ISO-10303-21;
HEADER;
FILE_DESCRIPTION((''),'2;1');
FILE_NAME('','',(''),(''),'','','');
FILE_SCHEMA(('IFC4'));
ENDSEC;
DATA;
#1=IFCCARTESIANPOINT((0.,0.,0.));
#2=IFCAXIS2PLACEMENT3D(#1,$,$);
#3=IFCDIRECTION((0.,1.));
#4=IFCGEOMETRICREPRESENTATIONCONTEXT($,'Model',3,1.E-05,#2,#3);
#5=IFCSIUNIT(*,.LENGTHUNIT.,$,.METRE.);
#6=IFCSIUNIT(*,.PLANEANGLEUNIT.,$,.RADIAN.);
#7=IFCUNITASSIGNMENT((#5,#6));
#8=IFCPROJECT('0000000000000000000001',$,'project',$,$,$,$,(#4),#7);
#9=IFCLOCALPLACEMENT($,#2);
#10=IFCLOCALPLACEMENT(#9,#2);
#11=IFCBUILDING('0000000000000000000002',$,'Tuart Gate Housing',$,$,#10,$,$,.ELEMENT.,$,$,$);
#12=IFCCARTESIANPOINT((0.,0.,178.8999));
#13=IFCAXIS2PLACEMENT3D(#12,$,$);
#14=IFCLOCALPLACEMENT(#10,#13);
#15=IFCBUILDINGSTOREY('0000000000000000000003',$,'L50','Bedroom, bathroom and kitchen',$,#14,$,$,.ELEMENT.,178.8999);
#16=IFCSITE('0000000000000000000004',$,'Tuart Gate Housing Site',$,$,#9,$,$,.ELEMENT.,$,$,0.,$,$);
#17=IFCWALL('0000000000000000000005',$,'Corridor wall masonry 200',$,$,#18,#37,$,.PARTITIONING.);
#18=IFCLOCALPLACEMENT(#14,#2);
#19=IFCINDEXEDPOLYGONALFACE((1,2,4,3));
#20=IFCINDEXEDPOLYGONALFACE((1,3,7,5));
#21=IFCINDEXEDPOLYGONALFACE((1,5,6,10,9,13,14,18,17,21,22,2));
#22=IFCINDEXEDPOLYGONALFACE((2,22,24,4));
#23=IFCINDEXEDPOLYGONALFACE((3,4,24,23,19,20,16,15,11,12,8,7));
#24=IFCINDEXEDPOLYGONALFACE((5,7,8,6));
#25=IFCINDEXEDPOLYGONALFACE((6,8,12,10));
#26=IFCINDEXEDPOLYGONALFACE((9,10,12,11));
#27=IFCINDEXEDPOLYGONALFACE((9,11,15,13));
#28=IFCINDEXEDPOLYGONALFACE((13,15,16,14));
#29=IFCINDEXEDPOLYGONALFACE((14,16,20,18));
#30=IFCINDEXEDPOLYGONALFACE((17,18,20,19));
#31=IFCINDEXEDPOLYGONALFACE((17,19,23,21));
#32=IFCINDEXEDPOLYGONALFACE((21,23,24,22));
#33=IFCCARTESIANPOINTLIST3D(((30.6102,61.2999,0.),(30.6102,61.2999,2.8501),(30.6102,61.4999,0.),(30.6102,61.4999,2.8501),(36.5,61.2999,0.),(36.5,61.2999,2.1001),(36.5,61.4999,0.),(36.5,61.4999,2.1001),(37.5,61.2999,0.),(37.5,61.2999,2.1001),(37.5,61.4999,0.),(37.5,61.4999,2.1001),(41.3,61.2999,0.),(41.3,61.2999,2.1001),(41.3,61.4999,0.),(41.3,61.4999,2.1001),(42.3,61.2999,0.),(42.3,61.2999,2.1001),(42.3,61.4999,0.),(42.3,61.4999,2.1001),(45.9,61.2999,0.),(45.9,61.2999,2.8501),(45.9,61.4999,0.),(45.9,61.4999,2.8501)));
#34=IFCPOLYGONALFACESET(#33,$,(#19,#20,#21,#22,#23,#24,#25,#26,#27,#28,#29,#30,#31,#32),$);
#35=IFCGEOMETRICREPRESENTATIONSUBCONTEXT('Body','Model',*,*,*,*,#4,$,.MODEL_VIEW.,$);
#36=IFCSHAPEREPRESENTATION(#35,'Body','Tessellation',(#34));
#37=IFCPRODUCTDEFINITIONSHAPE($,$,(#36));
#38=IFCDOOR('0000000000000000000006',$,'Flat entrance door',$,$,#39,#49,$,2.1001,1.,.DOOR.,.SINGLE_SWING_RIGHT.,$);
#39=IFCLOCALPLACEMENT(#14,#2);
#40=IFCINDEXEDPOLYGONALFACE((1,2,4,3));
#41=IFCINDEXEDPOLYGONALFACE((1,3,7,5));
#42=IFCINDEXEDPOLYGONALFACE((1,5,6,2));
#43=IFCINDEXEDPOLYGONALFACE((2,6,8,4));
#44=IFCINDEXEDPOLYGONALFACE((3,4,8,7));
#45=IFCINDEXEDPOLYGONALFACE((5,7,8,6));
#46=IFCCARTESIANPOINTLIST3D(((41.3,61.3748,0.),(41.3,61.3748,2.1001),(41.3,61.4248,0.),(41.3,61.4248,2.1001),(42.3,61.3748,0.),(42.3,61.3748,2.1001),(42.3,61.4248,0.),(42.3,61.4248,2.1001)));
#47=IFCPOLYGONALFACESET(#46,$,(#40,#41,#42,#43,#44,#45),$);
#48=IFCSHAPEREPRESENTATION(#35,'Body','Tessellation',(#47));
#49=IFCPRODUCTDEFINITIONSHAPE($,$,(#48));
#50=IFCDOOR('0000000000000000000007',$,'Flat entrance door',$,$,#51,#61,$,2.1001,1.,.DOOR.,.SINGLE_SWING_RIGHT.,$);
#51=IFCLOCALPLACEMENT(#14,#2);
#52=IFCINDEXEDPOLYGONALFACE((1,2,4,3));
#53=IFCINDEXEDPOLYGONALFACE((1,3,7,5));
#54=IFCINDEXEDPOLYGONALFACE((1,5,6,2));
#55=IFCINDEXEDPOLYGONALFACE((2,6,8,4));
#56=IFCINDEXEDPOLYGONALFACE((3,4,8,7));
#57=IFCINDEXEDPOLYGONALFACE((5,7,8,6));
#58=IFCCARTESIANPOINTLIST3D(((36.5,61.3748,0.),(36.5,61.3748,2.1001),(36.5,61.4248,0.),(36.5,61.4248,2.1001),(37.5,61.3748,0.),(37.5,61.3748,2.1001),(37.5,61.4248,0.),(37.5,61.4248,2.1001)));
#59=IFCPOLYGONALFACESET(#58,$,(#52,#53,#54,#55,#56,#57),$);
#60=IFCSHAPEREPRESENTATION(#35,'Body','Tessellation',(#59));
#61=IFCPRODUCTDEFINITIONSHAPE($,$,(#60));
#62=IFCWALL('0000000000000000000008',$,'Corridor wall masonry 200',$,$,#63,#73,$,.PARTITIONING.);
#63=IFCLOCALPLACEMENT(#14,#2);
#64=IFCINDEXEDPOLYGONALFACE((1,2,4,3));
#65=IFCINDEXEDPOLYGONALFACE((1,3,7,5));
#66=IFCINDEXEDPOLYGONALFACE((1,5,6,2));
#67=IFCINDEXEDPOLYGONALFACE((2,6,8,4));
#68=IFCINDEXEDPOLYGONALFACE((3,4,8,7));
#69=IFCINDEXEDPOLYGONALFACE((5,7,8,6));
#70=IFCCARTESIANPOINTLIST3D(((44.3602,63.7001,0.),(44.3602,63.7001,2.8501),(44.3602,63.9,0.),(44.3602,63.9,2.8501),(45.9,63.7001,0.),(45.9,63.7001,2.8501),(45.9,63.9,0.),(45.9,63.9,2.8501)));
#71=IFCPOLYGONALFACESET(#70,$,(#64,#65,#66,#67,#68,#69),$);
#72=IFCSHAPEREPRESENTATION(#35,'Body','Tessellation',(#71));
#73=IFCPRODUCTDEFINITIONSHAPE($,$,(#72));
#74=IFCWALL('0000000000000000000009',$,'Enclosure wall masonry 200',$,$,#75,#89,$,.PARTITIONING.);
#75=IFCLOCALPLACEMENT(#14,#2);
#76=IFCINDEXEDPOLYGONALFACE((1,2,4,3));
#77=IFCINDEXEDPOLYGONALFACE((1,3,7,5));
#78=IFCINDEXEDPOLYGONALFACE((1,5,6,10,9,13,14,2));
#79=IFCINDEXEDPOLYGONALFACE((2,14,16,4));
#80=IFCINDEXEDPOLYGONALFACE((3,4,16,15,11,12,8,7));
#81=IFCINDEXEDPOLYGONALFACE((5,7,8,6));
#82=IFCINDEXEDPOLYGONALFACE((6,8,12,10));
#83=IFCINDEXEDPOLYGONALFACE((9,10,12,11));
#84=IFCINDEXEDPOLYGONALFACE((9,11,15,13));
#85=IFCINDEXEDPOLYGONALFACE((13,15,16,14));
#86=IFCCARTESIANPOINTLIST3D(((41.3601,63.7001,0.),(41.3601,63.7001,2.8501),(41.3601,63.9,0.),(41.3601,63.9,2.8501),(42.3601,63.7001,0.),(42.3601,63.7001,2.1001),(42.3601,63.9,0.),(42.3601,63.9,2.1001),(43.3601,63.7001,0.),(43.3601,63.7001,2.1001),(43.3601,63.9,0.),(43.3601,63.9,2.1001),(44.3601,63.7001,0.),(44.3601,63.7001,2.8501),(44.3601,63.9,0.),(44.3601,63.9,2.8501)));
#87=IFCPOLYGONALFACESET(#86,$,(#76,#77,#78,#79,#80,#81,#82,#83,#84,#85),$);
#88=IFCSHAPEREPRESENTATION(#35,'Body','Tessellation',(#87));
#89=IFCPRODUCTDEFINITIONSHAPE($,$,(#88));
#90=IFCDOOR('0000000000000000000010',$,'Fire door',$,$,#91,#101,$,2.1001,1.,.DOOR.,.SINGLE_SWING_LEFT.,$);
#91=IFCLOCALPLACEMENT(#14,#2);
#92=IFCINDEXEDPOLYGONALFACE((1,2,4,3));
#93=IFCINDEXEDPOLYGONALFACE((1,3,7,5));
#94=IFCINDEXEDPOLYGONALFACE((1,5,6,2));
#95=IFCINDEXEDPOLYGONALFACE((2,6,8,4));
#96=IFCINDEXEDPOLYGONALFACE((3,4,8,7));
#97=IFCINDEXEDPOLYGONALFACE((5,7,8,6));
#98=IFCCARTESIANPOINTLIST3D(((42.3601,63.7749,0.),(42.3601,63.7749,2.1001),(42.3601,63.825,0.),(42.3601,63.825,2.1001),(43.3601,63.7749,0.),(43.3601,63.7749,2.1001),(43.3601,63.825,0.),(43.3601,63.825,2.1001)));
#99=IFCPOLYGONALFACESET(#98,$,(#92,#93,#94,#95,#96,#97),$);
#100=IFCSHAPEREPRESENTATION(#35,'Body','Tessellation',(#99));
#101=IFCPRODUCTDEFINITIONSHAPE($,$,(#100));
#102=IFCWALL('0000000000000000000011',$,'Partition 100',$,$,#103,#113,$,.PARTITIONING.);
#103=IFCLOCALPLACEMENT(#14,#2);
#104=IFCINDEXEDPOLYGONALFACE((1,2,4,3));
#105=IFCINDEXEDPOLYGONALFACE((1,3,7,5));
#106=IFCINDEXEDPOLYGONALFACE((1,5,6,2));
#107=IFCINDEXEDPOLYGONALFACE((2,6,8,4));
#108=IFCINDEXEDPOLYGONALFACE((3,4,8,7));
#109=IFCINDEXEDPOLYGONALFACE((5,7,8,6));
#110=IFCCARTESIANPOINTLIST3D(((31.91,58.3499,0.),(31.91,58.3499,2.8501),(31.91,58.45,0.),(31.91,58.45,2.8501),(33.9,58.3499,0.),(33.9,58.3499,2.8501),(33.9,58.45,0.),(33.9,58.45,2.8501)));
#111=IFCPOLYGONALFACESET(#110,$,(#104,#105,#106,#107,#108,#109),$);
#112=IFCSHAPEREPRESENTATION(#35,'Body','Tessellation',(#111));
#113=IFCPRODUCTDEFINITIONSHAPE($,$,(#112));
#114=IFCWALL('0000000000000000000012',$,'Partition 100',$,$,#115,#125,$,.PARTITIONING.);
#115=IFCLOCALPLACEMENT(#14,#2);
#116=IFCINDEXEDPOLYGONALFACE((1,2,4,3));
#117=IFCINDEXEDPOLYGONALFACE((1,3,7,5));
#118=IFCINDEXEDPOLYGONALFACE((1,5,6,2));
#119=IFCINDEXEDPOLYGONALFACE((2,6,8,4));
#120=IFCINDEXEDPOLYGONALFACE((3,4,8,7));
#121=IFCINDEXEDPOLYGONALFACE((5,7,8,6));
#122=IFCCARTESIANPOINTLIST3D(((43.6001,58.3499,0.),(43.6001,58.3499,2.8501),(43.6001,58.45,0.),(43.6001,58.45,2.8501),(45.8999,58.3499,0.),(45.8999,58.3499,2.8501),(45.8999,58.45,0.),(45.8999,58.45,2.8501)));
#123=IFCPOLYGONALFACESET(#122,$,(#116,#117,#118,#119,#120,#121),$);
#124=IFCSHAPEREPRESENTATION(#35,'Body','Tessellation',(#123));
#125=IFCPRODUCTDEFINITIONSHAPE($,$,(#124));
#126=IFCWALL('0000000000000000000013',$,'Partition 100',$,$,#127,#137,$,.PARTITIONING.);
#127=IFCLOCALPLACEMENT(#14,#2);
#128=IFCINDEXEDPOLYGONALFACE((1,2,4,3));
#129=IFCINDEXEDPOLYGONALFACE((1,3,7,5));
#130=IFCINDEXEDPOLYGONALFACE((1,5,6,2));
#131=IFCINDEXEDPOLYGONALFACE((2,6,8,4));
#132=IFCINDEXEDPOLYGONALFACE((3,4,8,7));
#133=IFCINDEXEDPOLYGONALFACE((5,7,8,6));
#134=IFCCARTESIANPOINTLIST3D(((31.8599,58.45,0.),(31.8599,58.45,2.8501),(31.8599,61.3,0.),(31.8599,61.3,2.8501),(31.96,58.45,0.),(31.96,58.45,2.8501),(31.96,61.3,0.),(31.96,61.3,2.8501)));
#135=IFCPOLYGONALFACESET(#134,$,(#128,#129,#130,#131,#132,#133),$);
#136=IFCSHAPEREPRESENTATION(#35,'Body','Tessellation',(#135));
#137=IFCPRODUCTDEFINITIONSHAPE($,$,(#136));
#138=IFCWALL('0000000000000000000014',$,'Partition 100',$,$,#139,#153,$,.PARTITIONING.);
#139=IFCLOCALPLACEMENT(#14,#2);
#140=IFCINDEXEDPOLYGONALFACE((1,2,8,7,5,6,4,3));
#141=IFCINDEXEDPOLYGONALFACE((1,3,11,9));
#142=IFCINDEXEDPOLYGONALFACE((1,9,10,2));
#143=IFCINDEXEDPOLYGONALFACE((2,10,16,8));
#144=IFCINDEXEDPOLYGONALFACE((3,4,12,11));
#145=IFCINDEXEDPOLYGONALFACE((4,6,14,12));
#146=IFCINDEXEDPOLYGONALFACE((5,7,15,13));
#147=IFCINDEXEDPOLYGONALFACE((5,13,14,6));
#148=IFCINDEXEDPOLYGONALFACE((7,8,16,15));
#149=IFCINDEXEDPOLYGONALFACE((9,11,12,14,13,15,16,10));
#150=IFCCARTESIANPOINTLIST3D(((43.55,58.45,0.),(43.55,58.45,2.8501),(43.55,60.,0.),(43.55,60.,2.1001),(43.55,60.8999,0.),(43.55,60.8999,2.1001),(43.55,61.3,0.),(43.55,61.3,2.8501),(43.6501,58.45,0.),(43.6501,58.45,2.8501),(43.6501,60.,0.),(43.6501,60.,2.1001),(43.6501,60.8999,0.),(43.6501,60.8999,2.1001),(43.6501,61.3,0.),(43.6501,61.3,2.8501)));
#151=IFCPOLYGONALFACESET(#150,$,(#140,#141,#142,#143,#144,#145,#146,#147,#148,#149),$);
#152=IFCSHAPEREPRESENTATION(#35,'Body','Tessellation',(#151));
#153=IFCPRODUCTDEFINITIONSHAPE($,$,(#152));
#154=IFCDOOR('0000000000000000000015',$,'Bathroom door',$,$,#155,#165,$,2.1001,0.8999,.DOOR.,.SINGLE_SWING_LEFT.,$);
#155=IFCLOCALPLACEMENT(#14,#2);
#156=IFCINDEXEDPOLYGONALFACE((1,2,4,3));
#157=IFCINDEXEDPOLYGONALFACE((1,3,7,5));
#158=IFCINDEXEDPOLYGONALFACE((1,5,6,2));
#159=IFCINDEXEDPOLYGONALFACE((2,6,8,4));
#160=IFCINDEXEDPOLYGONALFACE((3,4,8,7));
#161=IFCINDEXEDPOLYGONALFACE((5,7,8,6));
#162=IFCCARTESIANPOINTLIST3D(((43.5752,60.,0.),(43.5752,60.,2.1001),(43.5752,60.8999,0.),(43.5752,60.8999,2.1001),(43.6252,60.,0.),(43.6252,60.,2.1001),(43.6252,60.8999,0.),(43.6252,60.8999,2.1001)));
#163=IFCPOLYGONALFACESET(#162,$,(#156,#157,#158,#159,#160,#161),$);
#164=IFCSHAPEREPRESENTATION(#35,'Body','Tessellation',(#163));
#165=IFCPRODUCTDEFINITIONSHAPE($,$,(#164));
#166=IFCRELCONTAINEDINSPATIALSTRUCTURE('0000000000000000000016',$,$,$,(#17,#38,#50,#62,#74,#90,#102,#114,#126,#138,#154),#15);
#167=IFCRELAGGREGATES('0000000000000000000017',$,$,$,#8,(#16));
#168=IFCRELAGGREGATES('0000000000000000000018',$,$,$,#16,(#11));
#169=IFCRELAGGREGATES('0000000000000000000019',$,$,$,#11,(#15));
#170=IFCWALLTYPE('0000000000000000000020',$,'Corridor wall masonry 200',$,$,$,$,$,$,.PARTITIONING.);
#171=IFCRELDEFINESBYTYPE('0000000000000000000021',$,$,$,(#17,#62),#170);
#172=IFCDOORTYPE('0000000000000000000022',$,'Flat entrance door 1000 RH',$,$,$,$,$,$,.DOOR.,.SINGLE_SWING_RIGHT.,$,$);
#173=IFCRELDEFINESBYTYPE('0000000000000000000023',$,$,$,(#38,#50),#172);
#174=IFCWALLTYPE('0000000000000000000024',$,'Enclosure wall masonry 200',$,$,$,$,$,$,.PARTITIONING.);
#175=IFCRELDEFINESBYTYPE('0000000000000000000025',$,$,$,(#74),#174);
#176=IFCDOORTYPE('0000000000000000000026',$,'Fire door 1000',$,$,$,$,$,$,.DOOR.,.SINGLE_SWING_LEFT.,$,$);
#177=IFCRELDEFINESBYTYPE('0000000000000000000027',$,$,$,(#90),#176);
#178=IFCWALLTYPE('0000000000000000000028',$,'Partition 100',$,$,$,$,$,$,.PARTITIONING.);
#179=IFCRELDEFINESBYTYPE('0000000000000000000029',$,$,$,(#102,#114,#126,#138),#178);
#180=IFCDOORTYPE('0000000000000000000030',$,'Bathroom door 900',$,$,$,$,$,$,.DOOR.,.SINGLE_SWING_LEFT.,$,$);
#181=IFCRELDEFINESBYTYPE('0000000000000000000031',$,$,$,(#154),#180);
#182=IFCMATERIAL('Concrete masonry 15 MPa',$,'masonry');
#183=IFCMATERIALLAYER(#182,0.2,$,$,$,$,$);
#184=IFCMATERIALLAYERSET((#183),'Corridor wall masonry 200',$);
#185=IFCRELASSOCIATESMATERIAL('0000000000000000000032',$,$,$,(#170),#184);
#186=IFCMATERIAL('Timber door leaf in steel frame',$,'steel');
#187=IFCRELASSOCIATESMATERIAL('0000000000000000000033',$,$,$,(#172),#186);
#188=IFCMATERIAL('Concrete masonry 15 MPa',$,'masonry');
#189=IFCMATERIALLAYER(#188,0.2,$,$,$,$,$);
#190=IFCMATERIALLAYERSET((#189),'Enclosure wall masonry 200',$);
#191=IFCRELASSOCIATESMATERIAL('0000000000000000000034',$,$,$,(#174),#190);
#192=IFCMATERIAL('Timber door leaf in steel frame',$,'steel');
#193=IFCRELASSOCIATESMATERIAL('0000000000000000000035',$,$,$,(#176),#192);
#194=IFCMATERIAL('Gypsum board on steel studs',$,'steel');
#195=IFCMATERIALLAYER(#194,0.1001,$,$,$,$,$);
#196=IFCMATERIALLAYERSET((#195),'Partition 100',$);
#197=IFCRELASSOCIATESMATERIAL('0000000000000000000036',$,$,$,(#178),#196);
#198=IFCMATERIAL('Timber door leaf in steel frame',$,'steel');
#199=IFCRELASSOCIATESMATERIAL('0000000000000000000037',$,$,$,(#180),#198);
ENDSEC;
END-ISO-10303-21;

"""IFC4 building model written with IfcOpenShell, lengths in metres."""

from ifc_helpers import new_model, si_unit, direction, frame, frame_2d, origin, place, context, subcontext, project, spatial, rectangle, extrude, material, layer, layer_set, type_object, element, fill, save


model = new_model("IFC4")

# Units and contexts
model_context = context("Model", 3, precision=1e-05, world=origin(), true_north=direction((0.0, 1.0)))
body_context = subcontext(model_context, "Body", "Model", "MODEL_VIEW")
ifc_project = project(units=[si_unit("LENGTHUNIT", "METRE"), si_unit("PLANEANGLEUNIT", "RADIAN")], contexts=[model_context])

# Site, building, storey
site_placement = place(None, origin())
site = spatial("IfcSite", under=ifc_project, at=site_placement, Name="Tuart Gate Housing Site", CompositionType="ELEMENT", RefElevation=0.0)
building_placement = place(site_placement, origin())
building = spatial("IfcBuilding", under=site, at=building_placement, Name="Tuart Gate Housing", CompositionType="ELEMENT")
storey_placement = place(building_placement, frame((0.0, 0.0, 178.8999)))
storey = spatial("IfcBuildingStorey", under=building, at=storey_placement, Name="L50", Description="Bedroom, bathroom and kitchen", CompositionType="ELEMENT", Elevation=178.8999)

# Wall, openings, doors
ifc_material_1 = material(Name="Concrete masonry 15 MPa", Category="masonry")
ifc_layer_1 = layer(ifc_material_1, 0.2)
ifc_layer_set_1 = layer_set([ifc_layer_1], Name="Corridor wall masonry 200")
wall_type_1 = type_object("IfcWallType", Name="Corridor wall masonry 200", PredefinedType="PARTITIONING", material=ifc_layer_set_1)
wall_1_placement = place(storey_placement, frame((30.6101, 61.3999, 0.0), z_axis=(0.0, 0.0, 1.0), x_axis=(1.0, 0.0, 0.0)))
wall_1 = element("IfcWall", 1, at=wall_1_placement, inside=storey, type_object=wall_type_1, Name="Corridor wall masonry 200", PredefinedType="PARTITIONING", context=body_context, shape_type="SweptSolid", body=[
    extrude(rectangle(XDim=15.2898, YDim=0.2, at=frame_2d((7.645, 0.0))), origin(), (0.0, 0.0, 1.0), 2.8501),
])
opening_1_placement = place(wall_1_placement, frame((10.6899, 0.0, 0.0)))
opening_1 = element("IfcOpeningElement", 2, at=opening_1_placement, cuts=wall_1, PredefinedType="OPENING", context=body_context, shape_type="SweptSolid", body=[
    extrude(rectangle(XDim=1.0, YDim=2.1001, at=frame_2d((0.5, 1.05))), frame((0.0, 0.1099, 0.0), z_axis=(0.0, -1.0, 0.0), x_axis=(1.0, 0.0, 0.0)), (0.0, 0.0, 1.0), 0.22),
])
opening_2_placement = place(wall_1_placement, frame((5.8899, 0.0, 0.0)))
opening_2 = element("IfcOpeningElement", 3, at=opening_2_placement, cuts=wall_1, PredefinedType="OPENING", context=body_context, shape_type="SweptSolid", body=[
    extrude(rectangle(XDim=1.0, YDim=2.1001, at=frame_2d((0.5, 1.05))), frame((0.0, 0.1099, 0.0), z_axis=(0.0, -1.0, 0.0), x_axis=(1.0, 0.0, 0.0)), (0.0, 0.0, 1.0), 0.22),
])
ifc_material_2 = material(Name="Timber door leaf in steel frame", Category="steel")
door_type_1 = type_object("IfcDoorType", Name="Flat entrance door 1000 RH", OperationType="SINGLE_SWING_RIGHT", PredefinedType="DOOR", material=ifc_material_2)
door_1_placement = place(opening_1_placement, frame((1.0, 0.0, 0.0), z_axis=(0.0, 0.0, 1.0), x_axis=(-1.0, 0.0, 0.0)))
door_1 = element("IfcDoor", 4, at=door_1_placement, inside=storey, type_object=door_type_1, Name="Flat entrance door", OperationType="SINGLE_SWING_RIGHT", OverallHeight=2.1001, OverallWidth=1.0, PredefinedType="DOOR", context=body_context, shape_type="SweptSolid", body=[
    extrude(rectangle(XDim=1.0, YDim=2.1001, at=frame_2d((0.5, 1.05))), frame((0.0, 0.0251, 0.0), z_axis=(0.0, -1.0, 0.0), x_axis=(1.0, 0.0, 0.0)), (0.0, 0.0, 1.0), 0.05),
])
fill(opening_1, door_1)
door_2_placement = place(opening_2_placement, frame((1.0, 0.0, 0.0), z_axis=(0.0, 0.0, 1.0), x_axis=(-1.0, 0.0, 0.0)))
door_2 = element("IfcDoor", 5, at=door_2_placement, inside=storey, type_object=door_type_1, Name="Flat entrance door", OperationType="SINGLE_SWING_RIGHT", OverallHeight=2.1001, OverallWidth=1.0, PredefinedType="DOOR", context=body_context, shape_type="SweptSolid", body=[
    extrude(rectangle(XDim=1.0, YDim=2.1001, at=frame_2d((0.5, 1.05))), frame((0.0, 0.0251, 0.0), z_axis=(0.0, -1.0, 0.0), x_axis=(1.0, 0.0, 0.0)), (0.0, 0.0, 1.0), 0.05),
])
fill(opening_2, door_2)

# Wall
wall_2_placement = place(storey_placement, frame((44.3601, 63.8, 0.0), z_axis=(0.0, 0.0, 1.0), x_axis=(1.0, 0.0, 0.0)))
element("IfcWall", 6, at=wall_2_placement, inside=storey, type_object=wall_type_1, Name="Corridor wall masonry 200", PredefinedType="PARTITIONING", context=body_context, shape_type="SweptSolid", body=[
    extrude(rectangle(XDim=1.5398, YDim=0.2, at=frame_2d((0.77, 0.0))), origin(), (0.0, 0.0, 1.0), 2.8501),
])

# Wall, opening, door
ifc_material_3 = material(Name="Concrete masonry 15 MPa", Category="masonry")
ifc_layer_2 = layer(ifc_material_3, 0.2)
ifc_layer_set_2 = layer_set([ifc_layer_2], Name="Enclosure wall masonry 200")
wall_type_2 = type_object("IfcWallType", Name="Enclosure wall masonry 200", PredefinedType="PARTITIONING", material=ifc_layer_set_2)
wall_3_placement = place(storey_placement, frame((41.3601, 63.8, 0.0), z_axis=(0.0, 0.0, 1.0), x_axis=(1.0, 0.0, 0.0)))
wall_3 = element("IfcWall", 7, at=wall_3_placement, inside=storey, type_object=wall_type_2, Name="Enclosure wall masonry 200", PredefinedType="PARTITIONING", context=body_context, shape_type="SweptSolid", body=[
    extrude(rectangle(XDim=3.0, YDim=0.2, at=frame_2d((1.5, 0.0))), origin(), (0.0, 0.0, 1.0), 2.8501),
])
opening_3_placement = place(wall_3_placement, frame((1.0, 0.0, 0.0)))
opening_3 = element("IfcOpeningElement", 8, at=opening_3_placement, cuts=wall_3, PredefinedType="OPENING", context=body_context, shape_type="SweptSolid", body=[
    extrude(rectangle(XDim=1.0, YDim=2.1001, at=frame_2d((0.5, 1.05))), frame((0.0, 0.1099, 0.0), z_axis=(0.0, -1.0, 0.0), x_axis=(1.0, 0.0, 0.0)), (0.0, 0.0, 1.0), 0.22),
])
ifc_material_4 = material(Name="Timber door leaf in steel frame", Category="steel")
door_type_2 = type_object("IfcDoorType", Name="Fire door 1000", OperationType="SINGLE_SWING_LEFT", PredefinedType="DOOR", material=ifc_material_4)
door_3_placement = place(opening_3_placement, frame((1.0, 0.0, 0.0), z_axis=(0.0, 0.0, 1.0), x_axis=(-1.0, 0.0, 0.0)))
door_3 = element("IfcDoor", 9, at=door_3_placement, inside=storey, type_object=door_type_2, Name="Fire door", OperationType="SINGLE_SWING_LEFT", OverallHeight=2.1001, OverallWidth=1.0, PredefinedType="DOOR", context=body_context, shape_type="SweptSolid", body=[
    extrude(rectangle(XDim=1.0, YDim=2.1001, at=frame_2d((0.5, 1.05))), frame((0.0, 0.0251, 0.0), z_axis=(0.0, -1.0, 0.0), x_axis=(1.0, 0.0, 0.0)), (0.0, 0.0, 1.0), 0.05),
])
fill(opening_3, door_3)

# Walls
ifc_material_5 = material(Name="Gypsum board on steel studs", Category="steel")
ifc_layer_3 = layer(ifc_material_5, 0.1001)
ifc_layer_set_3 = layer_set([ifc_layer_3], Name="Partition 100")
wall_type_3 = type_object("IfcWallType", Name="Partition 100", PredefinedType="PARTITIONING", material=ifc_layer_set_3)
wall_4_placement = place(storey_placement, frame((31.9099, 58.3999, 0.0), z_axis=(0.0, 0.0, 1.0), x_axis=(1.0, 0.0, 0.0)))
element("IfcWall", 10, at=wall_4_placement, inside=storey, type_object=wall_type_3, Name="Partition 100", PredefinedType="PARTITIONING", context=body_context, shape_type="SweptSolid", body=[
    extrude(rectangle(XDim=1.99, YDim=0.1001, at=frame_2d((0.9951, 0.0))), origin(), (0.0, 0.0, 1.0), 2.8501),
])
wall_5_placement = place(storey_placement, frame((43.6001, 58.3999, 0.0), z_axis=(0.0, 0.0, 1.0), x_axis=(1.0, 0.0, 0.0)))
element("IfcWall", 11, at=wall_5_placement, inside=storey, type_object=wall_type_3, Name="Partition 100", PredefinedType="PARTITIONING", context=body_context, shape_type="SweptSolid", body=[
    extrude(rectangle(XDim=2.2998, YDim=0.1001, at=frame_2d((1.1499, 0.0))), origin(), (0.0, 0.0, 1.0), 2.8501),
])
wall_6_placement = place(storey_placement, frame((31.9099, 58.45, 0.0), z_axis=(0.0, 0.0, 1.0), x_axis=(0.0, 1.0, 0.0)))
element("IfcWall", 12, at=wall_6_placement, inside=storey, type_object=wall_type_3, Name="Partition 100", PredefinedType="PARTITIONING", context=body_context, shape_type="SweptSolid", body=[
    extrude(rectangle(XDim=2.8501, YDim=0.1001, at=frame_2d((1.425, 0.0))), origin(), (0.0, 0.0, 1.0), 2.8501),
])

# Wall, opening, door
wall_7_placement = place(storey_placement, frame((43.6001, 58.45, 0.0), z_axis=(0.0, 0.0, 1.0), x_axis=(0.0, 1.0, 0.0)))
wall_7 = element("IfcWall", 13, at=wall_7_placement, inside=storey, type_object=wall_type_3, Name="Partition 100", PredefinedType="PARTITIONING", context=body_context, shape_type="SweptSolid", body=[
    extrude(rectangle(XDim=2.8501, YDim=0.1001, at=frame_2d((1.425, 0.0))), origin(), (0.0, 0.0, 1.0), 2.8501),
])
opening_4_placement = place(wall_7_placement, frame((1.55, 0.0, 0.0)))
opening_4 = element("IfcOpeningElement", 14, at=opening_4_placement, cuts=wall_7, PredefinedType="OPENING", context=body_context, shape_type="SweptSolid", body=[
    extrude(rectangle(XDim=0.8999, YDim=2.1001, at=frame_2d((0.45, 1.05))), frame((0.0, 0.0601, 0.0), z_axis=(0.0, -1.0, 0.0), x_axis=(1.0, 0.0, 0.0)), (0.0, 0.0, 1.0), 0.1201),
])
ifc_material_6 = material(Name="Timber door leaf in steel frame", Category="steel")
door_type_3 = type_object("IfcDoorType", Name="Bathroom door 900", OperationType="SINGLE_SWING_LEFT", PredefinedType="DOOR", material=ifc_material_6)
door_4_placement = place(opening_4_placement, frame((0.8999, 0.0, 0.0), z_axis=(0.0, 0.0, 1.0), x_axis=(-1.0, 0.0, 0.0)))
door_4 = element("IfcDoor", 15, at=door_4_placement, inside=storey, type_object=door_type_3, Name="Bathroom door", OperationType="SINGLE_SWING_LEFT", OverallHeight=2.1001, OverallWidth=0.8999, PredefinedType="DOOR", context=body_context, shape_type="SweptSolid", body=[
    extrude(rectangle(XDim=0.8999, YDim=2.1001, at=frame_2d((0.45, 1.05))), frame((0.0, 0.0251, 0.0), z_axis=(0.0, -1.0, 0.0), x_axis=(1.0, 0.0, 0.0)), (0.0, 0.0, 1.0), 0.05),
])
fill(opening_4, door_4)

save(model, "model.ifc")
